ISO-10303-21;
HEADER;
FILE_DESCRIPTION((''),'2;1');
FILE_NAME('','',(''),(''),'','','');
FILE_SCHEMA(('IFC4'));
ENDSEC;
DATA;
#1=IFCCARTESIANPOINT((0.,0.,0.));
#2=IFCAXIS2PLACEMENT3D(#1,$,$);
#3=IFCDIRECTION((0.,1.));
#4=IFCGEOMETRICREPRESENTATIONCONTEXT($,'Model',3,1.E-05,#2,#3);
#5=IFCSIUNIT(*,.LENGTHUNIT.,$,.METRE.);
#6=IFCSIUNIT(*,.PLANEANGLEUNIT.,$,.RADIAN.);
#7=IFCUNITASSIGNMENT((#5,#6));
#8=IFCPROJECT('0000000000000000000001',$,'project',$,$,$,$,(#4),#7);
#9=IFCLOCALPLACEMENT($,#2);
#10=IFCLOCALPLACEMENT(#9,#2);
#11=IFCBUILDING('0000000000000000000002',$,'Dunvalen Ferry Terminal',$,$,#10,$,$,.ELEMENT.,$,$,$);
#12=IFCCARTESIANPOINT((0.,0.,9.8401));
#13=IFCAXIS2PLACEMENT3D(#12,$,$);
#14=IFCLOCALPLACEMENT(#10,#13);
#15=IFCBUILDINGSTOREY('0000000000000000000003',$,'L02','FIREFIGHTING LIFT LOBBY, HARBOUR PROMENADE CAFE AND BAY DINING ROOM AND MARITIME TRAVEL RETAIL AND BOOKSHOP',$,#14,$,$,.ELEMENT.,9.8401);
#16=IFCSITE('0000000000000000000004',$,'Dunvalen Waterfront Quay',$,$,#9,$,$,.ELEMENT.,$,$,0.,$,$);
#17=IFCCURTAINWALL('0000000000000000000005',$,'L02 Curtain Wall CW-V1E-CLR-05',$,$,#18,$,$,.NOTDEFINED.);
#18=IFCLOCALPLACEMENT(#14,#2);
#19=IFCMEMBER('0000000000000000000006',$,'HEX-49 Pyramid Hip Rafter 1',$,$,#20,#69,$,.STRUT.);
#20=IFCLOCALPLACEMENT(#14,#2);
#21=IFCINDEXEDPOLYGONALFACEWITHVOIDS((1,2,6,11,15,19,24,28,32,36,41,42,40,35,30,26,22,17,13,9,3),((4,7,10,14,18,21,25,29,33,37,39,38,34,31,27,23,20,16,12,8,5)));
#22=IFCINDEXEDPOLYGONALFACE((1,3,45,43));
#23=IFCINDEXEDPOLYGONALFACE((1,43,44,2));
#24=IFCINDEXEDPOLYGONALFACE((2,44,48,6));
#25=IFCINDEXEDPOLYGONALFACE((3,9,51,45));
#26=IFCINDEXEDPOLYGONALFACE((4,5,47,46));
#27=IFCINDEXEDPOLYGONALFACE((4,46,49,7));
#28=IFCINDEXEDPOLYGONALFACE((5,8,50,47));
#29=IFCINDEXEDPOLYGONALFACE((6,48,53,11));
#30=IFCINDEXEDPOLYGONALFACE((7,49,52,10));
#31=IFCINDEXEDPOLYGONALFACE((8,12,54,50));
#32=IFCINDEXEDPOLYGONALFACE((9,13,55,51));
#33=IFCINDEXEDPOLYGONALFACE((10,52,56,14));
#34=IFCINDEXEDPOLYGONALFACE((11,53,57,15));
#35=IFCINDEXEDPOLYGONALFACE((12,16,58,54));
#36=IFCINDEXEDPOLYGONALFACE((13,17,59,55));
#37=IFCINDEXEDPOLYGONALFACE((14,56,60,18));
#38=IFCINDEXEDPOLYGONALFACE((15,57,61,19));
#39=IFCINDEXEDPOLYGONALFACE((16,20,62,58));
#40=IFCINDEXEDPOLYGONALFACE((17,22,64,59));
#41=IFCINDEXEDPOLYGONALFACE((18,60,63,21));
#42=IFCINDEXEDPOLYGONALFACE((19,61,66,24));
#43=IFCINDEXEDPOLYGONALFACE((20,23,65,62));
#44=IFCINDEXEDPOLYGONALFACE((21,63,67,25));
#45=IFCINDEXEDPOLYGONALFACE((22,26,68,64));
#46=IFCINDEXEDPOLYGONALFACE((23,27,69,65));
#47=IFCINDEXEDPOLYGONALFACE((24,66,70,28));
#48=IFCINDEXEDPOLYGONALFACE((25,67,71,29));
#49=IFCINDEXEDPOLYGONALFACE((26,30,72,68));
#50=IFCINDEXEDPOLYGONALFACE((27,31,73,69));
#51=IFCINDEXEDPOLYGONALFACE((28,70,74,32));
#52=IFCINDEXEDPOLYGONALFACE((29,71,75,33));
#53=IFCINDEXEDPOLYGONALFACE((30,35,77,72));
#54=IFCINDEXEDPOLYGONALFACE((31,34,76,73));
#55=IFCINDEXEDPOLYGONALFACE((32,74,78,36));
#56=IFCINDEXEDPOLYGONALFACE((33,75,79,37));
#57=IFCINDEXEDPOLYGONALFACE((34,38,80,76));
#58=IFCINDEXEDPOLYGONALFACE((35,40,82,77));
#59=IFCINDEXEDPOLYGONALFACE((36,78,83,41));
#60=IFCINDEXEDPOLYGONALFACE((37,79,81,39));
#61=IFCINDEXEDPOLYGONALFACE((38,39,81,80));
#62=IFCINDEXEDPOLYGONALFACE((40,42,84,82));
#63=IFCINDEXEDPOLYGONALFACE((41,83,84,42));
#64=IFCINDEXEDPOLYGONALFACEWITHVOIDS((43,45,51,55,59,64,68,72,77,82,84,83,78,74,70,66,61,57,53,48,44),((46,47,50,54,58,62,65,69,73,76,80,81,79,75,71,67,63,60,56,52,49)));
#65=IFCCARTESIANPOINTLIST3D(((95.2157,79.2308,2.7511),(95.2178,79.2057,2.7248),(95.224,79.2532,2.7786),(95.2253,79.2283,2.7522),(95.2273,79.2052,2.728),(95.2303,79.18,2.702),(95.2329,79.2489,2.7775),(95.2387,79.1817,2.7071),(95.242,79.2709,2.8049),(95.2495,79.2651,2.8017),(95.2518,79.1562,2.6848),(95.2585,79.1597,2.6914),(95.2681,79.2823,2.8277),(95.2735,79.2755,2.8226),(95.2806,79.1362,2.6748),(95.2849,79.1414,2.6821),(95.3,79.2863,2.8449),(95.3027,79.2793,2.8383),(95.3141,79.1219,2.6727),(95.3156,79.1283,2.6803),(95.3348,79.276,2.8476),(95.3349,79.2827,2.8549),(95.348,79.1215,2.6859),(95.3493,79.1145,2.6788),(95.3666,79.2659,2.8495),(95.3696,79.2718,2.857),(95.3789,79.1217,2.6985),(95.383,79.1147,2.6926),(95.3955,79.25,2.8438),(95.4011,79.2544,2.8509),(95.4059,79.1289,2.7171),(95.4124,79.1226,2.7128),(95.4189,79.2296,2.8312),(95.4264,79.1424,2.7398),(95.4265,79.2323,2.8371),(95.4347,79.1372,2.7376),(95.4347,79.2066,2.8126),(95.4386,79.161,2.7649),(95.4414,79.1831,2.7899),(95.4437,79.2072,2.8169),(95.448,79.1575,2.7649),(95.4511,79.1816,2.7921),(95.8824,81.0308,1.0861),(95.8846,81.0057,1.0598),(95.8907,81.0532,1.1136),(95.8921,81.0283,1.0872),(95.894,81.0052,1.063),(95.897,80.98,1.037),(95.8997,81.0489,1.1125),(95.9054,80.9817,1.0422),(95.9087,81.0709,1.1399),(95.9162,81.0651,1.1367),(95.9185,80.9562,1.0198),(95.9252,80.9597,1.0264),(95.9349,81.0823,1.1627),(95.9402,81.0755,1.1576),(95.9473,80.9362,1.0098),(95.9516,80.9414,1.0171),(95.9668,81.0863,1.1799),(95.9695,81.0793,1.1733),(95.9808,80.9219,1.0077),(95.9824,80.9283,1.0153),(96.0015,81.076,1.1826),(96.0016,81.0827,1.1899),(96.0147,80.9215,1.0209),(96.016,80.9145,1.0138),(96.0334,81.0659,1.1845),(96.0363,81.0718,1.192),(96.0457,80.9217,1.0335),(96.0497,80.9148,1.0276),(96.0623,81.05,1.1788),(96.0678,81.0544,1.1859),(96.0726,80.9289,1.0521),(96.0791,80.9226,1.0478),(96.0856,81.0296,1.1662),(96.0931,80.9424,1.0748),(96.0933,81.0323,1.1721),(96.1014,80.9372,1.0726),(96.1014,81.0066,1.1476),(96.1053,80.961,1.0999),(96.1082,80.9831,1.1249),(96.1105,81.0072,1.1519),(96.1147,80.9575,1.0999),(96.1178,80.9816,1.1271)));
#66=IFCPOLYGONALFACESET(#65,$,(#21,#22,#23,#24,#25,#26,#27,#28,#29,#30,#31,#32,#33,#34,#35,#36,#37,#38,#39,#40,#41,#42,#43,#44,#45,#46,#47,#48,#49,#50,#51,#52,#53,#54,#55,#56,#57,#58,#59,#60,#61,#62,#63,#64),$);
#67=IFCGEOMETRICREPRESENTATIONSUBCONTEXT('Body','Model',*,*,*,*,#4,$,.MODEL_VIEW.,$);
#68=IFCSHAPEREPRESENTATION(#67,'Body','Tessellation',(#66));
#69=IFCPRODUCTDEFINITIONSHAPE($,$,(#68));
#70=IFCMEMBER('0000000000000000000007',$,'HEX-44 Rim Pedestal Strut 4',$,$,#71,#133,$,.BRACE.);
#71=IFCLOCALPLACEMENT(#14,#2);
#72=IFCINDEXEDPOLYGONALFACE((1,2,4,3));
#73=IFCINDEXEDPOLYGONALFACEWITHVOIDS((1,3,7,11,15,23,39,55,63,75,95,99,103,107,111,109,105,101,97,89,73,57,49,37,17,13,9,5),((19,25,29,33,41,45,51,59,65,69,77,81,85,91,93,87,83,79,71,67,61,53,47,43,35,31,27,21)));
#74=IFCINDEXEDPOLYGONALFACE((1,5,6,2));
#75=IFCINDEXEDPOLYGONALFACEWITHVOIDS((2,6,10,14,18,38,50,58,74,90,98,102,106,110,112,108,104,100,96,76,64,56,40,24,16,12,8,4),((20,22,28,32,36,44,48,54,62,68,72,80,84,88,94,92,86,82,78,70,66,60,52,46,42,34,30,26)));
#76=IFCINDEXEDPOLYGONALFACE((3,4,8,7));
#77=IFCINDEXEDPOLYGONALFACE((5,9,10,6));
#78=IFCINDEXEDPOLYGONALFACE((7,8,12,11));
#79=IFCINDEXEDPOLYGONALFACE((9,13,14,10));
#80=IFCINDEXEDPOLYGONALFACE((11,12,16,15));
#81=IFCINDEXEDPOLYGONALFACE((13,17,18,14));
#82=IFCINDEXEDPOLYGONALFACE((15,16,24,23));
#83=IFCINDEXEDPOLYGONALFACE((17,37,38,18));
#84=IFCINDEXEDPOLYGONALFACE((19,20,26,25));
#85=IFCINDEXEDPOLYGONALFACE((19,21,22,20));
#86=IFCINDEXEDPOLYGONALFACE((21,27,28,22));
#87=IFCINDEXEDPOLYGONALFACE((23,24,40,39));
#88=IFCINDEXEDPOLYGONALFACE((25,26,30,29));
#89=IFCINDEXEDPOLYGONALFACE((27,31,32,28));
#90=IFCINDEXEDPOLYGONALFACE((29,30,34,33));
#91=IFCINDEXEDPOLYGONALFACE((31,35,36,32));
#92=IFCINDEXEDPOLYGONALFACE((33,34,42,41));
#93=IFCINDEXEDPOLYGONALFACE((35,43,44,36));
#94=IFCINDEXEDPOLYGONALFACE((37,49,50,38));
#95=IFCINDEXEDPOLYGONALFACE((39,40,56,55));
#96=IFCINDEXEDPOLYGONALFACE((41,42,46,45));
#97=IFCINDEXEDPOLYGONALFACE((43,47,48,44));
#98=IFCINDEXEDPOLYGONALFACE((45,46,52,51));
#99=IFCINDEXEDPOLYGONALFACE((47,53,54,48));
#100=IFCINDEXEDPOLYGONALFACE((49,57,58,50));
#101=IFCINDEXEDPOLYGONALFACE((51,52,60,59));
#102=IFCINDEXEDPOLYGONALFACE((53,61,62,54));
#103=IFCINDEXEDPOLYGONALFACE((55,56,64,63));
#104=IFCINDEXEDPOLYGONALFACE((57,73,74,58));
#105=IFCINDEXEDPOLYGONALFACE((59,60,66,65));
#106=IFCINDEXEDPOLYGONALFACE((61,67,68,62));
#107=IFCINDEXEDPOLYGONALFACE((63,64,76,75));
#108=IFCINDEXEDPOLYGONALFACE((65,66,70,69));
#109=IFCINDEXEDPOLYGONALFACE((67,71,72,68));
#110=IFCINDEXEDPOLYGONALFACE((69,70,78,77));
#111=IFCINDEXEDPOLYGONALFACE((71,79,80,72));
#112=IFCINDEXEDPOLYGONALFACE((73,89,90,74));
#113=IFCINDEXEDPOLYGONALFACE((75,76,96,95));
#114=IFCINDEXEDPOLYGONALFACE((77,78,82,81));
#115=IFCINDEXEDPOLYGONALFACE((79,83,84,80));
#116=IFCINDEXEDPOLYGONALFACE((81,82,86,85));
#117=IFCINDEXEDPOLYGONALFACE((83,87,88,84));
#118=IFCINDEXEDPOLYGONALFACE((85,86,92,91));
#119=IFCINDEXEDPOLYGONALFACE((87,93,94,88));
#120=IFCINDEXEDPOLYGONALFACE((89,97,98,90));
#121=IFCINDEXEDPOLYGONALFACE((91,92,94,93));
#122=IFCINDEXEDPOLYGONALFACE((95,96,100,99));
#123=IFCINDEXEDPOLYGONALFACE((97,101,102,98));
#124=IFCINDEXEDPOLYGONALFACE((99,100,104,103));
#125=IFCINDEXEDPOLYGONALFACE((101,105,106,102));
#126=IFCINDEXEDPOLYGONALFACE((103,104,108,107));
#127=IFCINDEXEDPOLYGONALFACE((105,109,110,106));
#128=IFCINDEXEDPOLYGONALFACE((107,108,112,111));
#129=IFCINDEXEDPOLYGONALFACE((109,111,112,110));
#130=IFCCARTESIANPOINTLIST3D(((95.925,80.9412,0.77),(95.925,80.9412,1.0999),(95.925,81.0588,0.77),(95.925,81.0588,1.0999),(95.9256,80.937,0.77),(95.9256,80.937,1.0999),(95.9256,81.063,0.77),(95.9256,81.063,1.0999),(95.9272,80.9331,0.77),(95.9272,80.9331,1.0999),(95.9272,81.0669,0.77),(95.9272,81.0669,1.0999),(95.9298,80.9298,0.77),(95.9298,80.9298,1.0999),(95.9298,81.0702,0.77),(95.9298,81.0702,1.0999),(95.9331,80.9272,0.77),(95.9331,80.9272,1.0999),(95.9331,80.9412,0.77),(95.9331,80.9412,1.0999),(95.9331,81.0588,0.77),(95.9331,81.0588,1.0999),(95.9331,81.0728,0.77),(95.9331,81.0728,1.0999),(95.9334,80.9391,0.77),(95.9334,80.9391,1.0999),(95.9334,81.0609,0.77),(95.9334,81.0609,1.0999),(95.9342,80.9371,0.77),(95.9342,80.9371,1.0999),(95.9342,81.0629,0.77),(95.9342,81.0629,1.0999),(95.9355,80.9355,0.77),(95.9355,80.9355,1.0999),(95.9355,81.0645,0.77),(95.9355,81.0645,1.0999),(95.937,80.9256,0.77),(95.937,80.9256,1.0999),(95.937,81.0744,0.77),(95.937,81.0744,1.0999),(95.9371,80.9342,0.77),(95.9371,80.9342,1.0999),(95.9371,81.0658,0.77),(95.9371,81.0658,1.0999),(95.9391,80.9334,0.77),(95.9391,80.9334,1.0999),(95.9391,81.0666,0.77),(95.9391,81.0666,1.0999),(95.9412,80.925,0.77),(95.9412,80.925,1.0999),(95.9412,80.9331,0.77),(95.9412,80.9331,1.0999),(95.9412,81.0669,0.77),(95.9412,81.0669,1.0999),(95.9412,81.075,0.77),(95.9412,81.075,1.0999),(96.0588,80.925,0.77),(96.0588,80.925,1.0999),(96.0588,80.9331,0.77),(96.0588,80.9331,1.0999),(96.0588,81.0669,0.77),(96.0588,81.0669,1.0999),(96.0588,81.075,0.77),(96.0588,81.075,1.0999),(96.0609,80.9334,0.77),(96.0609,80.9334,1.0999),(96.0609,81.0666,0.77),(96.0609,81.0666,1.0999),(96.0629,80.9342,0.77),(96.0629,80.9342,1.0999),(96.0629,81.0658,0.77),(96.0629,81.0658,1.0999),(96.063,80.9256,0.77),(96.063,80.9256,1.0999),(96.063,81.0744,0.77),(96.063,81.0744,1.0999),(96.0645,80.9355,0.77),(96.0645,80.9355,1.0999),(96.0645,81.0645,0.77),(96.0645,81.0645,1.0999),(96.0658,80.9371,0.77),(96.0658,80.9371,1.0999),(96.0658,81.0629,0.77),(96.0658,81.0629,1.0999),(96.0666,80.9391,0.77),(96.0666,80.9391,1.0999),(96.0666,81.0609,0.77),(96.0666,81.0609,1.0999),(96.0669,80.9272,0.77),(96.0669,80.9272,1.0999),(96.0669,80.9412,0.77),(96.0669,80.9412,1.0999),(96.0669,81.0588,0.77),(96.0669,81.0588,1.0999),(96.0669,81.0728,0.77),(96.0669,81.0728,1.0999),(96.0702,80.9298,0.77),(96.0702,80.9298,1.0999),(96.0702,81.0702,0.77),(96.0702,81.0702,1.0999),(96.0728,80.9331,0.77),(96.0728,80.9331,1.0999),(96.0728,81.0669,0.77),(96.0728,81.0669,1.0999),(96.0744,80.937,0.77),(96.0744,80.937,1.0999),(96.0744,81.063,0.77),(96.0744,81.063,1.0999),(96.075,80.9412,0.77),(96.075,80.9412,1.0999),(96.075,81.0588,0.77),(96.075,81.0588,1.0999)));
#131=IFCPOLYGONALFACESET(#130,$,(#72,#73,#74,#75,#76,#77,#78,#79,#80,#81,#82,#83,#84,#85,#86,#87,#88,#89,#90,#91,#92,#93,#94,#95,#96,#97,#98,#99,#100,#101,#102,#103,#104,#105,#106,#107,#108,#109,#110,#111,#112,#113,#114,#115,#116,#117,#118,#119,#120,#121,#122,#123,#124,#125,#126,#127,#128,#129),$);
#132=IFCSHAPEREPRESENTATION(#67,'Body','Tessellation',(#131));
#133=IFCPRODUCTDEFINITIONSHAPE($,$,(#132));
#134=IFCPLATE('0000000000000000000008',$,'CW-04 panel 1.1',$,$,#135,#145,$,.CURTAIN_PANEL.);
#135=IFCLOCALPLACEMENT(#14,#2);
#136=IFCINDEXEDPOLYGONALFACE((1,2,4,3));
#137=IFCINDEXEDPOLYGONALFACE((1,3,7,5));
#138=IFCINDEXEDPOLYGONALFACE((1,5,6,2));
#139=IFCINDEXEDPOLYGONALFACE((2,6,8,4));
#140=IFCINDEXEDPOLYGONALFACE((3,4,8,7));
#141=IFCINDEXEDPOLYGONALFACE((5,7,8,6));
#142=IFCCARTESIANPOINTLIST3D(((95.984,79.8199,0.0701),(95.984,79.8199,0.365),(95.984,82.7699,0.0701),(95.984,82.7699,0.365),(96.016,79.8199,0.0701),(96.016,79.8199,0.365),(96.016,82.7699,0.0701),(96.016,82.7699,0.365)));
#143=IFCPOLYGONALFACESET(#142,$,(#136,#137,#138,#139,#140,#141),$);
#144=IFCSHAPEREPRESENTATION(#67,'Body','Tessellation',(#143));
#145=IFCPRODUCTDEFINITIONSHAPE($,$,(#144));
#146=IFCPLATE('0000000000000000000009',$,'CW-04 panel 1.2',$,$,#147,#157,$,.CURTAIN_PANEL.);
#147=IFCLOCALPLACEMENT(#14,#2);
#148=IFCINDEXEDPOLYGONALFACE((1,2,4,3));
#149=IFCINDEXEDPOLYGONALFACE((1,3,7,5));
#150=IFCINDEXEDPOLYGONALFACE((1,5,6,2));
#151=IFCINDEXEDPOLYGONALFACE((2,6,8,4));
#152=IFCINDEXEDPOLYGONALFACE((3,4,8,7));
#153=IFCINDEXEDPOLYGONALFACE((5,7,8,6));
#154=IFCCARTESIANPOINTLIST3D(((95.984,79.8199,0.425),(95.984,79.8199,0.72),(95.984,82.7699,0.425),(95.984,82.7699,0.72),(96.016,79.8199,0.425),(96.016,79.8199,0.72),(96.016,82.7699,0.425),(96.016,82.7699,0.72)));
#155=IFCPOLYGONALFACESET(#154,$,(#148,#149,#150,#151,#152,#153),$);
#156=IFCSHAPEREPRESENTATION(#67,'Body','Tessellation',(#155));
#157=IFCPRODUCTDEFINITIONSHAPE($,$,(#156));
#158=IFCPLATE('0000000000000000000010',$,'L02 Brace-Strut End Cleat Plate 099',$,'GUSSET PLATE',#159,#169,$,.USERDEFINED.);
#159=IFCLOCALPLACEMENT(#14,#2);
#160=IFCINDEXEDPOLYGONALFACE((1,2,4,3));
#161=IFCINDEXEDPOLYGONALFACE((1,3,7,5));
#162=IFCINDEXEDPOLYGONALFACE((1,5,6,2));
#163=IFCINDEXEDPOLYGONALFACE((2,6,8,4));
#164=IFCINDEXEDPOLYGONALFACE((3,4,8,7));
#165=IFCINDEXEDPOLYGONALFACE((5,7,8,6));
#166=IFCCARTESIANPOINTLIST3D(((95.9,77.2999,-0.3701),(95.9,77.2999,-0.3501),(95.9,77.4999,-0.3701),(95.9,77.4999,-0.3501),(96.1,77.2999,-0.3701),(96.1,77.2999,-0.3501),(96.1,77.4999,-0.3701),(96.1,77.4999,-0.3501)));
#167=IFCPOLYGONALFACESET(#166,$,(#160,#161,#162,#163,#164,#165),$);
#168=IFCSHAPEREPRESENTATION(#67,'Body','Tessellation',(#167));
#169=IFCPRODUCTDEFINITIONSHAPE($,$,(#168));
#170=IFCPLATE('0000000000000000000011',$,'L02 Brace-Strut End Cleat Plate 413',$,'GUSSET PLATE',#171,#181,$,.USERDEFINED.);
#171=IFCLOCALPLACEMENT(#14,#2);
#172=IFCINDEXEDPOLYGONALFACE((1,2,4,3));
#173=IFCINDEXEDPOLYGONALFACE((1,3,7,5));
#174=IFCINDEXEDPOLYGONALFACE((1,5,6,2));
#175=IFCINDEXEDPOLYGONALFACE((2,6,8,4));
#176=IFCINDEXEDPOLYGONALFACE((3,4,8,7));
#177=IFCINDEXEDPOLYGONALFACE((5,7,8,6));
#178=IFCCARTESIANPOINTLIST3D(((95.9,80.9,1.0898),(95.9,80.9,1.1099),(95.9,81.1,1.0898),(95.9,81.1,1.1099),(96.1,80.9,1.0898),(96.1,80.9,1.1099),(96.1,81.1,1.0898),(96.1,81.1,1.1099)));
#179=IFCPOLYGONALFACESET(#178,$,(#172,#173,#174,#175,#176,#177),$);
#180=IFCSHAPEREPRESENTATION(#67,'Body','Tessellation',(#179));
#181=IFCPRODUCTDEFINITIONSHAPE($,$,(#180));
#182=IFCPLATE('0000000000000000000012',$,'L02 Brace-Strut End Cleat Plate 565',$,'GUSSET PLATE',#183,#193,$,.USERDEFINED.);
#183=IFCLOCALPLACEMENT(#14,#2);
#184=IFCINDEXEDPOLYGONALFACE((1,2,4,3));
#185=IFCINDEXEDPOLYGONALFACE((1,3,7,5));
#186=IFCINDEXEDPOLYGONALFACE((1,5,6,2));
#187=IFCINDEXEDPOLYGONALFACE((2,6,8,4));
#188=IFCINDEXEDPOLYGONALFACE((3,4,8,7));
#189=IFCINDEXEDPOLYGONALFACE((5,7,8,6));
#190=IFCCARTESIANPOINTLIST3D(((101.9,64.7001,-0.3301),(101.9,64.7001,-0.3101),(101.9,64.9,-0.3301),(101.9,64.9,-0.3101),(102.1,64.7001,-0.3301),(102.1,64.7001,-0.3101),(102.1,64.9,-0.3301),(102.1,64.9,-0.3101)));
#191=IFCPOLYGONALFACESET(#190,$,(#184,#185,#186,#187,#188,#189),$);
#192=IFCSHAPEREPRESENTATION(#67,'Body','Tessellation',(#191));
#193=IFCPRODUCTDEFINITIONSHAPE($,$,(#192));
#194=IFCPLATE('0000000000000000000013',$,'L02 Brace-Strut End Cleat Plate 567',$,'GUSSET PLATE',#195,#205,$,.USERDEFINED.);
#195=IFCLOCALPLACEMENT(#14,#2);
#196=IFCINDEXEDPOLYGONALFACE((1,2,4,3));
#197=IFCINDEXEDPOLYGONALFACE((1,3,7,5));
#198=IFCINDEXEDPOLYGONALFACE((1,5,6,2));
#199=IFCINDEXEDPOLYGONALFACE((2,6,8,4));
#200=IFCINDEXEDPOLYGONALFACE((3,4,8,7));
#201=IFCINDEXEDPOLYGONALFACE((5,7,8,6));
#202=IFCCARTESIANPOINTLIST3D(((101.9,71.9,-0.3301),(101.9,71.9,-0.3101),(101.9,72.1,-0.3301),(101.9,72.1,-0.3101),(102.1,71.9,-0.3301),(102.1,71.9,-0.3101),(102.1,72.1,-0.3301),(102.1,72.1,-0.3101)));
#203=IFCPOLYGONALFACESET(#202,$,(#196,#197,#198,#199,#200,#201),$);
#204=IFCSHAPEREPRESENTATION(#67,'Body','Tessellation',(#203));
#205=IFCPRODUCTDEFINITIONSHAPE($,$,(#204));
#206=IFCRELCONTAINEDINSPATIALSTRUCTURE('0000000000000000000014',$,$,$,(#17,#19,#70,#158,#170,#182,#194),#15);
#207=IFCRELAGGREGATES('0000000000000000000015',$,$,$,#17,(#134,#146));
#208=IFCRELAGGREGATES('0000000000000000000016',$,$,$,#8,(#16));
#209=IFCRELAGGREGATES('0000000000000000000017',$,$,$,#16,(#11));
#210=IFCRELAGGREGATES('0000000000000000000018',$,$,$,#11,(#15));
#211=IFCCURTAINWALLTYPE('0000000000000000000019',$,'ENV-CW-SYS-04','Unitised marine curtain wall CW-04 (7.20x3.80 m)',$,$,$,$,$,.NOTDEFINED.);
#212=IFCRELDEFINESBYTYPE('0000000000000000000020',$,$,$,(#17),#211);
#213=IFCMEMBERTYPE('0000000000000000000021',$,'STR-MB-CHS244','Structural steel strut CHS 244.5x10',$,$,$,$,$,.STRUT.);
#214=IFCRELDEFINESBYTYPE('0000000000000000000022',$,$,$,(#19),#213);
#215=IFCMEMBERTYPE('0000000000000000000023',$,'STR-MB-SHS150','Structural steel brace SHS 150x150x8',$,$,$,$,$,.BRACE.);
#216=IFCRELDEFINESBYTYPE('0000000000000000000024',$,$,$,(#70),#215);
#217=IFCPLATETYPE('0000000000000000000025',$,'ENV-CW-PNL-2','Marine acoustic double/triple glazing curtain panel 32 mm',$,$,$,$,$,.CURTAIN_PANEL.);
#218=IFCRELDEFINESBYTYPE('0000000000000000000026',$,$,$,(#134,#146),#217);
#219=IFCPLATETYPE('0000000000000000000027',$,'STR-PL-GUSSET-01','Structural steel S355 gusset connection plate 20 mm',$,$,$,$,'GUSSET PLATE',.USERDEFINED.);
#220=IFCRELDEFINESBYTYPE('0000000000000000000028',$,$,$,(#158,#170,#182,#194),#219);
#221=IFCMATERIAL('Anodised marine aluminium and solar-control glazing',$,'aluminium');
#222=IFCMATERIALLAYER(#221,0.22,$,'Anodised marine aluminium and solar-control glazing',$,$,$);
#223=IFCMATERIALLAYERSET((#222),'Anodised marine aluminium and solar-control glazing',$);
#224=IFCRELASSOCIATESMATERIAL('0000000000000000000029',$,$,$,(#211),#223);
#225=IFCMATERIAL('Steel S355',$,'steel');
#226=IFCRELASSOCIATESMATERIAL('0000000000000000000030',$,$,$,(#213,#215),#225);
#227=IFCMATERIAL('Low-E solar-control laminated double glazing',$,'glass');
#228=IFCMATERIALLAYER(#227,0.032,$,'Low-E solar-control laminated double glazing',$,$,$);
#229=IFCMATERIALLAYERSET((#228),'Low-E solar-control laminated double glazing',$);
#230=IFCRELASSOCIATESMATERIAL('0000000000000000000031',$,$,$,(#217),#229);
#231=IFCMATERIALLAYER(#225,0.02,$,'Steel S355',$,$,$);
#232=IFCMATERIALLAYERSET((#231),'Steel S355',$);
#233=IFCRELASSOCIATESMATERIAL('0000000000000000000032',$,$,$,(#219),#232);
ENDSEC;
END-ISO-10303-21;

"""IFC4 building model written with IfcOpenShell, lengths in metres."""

from ifc_helpers import new_model, si_unit, direction, frame, origin, origin_2d, place, context, subcontext, project, spatial, rectangle, hollow_rectangle, hollow_circle, extrude, material, layer, layer_set, material_profile, profile_set, type_object, element, aggregate, save


model = new_model("IFC4")

# Units and contexts
model_context = context("Model", 3, precision=1e-05, world=origin(), true_north=direction((0.0, 1.0)))
body_context = subcontext(model_context, "Body", "Model", "MODEL_VIEW")
ifc_project = project(units=[si_unit("LENGTHUNIT", "METRE"), si_unit("PLANEANGLEUNIT", "RADIAN")], contexts=[model_context])

# Site, building, storey
site_placement = place(None, origin())
site = spatial("IfcSite", under=ifc_project, at=site_placement, Name="Dunvalen Waterfront Quay", CompositionType="ELEMENT", RefElevation=0.0)
building_placement = place(site_placement, origin())
building = spatial("IfcBuilding", under=site, at=building_placement, Name="Dunvalen Ferry Terminal", CompositionType="ELEMENT")
storey_placement = place(building_placement, frame((0.0, 0.0, 9.8401)))
storey = spatial("IfcBuildingStorey", under=building, at=storey_placement, Name="L02", Description="FIREFIGHTING LIFT LOBBY, HARBOUR PROMENADE CAFE AND BAY DINING ROOM AND MARITIME TRAVEL RETAIL AND BOOKSHOP", CompositionType="ELEMENT", Elevation=9.8401)

# Shared definitions
ifc_material_1 = material(Name="Anodised marine aluminium and solar-control glazing", Category="aluminium")
ifc_layer_1 = layer(ifc_material_1, 0.22, Name="Anodised marine aluminium and solar-control glazing")
ifc_layer_set_1 = layer_set([ifc_layer_1], Name="Anodised marine aluminium and solar-control glazing")
curtain_wall_type = type_object("IfcCurtainWallType", Name="ENV-CW-SYS-04", Description="Unitised marine curtain wall CW-04 (7.20x3.80 m)", PredefinedType="NOTDEFINED", material=ifc_layer_set_1)

# Curtain wall
curtain_wall_1_placement = place(storey_placement, origin())
curtain_wall_1 = element("IfcCurtainWall", 1, at=curtain_wall_1_placement, inside=storey, type_object=curtain_wall_type, Name="L02 Curtain Wall CW-V1E-CLR-05", PredefinedType="NOTDEFINED")

# Shared definitions
ifc_material_2 = material(Name="Steel S355", Category="steel")

# Members
ifc_material_profile_1 = material_profile(ifc_material_2, hollow_circle(Radius=0.1223, WallThickness=0.01, at=origin_2d()), Name="Steel S355")
ifc_profile_set_1 = profile_set([ifc_material_profile_1], Name="Steel S355")
member_type_1 = type_object("IfcMemberType", Name="STR-MB-CHS244", Description="Structural steel strut CHS 244.5x10", PredefinedType="STRUT", material=ifc_profile_set_1)
member_1_placement = place(storey_placement, frame((96.0, 81.0, 1.0999), z_axis=(-0.262388, -0.70838, 0.655249), x_axis=(0.937738, -0.347343, 0.0)))
element("IfcMember", 2, at=member_1_placement, inside=storey, type_object=member_type_1, Name="HEX-49 Pyramid Hip Rafter 1", PredefinedType="STRUT", context=body_context, shape_type="SweptSolid", body=[
    extrude(hollow_circle(Radius=0.1223, WallThickness=0.01, at=origin_2d()), origin(), (0.0, 0.0, 1.0), 2.541),
])
ifc_material_profile_2 = material_profile(ifc_material_2, hollow_rectangle(XDim=0.1499, YDim=0.1499, WallThickness=0.0081, InnerFilletRadius=0.0081, OuterFilletRadius=0.0161, at=origin_2d()), Name="Steel S355")
ifc_profile_set_2 = profile_set([ifc_material_profile_2], Name="Steel S355")
member_type_2 = type_object("IfcMemberType", Name="STR-MB-SHS150", Description="Structural steel brace SHS 150x150x8", PredefinedType="BRACE", material=ifc_profile_set_2)
member_2_placement = place(storey_placement, frame((96.0, 81.0, 0.77), z_axis=(0.0, 0.0, 1.0), x_axis=(1.0, 0.0, 0.0)))
element("IfcMember", 3, at=member_2_placement, inside=storey, type_object=member_type_2, Name="HEX-44 Rim Pedestal Strut 4", PredefinedType="BRACE", context=body_context, shape_type="SweptSolid", body=[
    extrude(hollow_rectangle(XDim=0.1499, YDim=0.1499, WallThickness=0.0081, InnerFilletRadius=0.0081, OuterFilletRadius=0.0161, at=origin_2d()), origin(), (0.0, 0.0, 1.0), 0.3298),
])

# Plates
ifc_material_3 = material(Name="Low-E solar-control laminated double glazing", Category="glass")
ifc_layer_2 = layer(ifc_material_3, 0.032, Name="Low-E solar-control laminated double glazing")
ifc_layer_set_2 = layer_set([ifc_layer_2], Name="Low-E solar-control laminated double glazing")
plate_type_1 = type_object("IfcPlateType", Name="ENV-CW-PNL-2", Description="Marine acoustic double/triple glazing curtain panel 32 mm", PredefinedType="CURTAIN_PANEL", material=ifc_layer_set_2)
plate_1_placement = place(storey_placement, frame((96.0, 81.2949, 0.0701), z_axis=(0.0, 0.0, 1.0), x_axis=(0.0, 1.0, 0.0)))
plate_1 = element("IfcPlate", 4, at=plate_1_placement, type_object=plate_type_1, Name="CW-04 panel 1.1", PredefinedType="CURTAIN_PANEL", context=body_context, shape_type="SweptSolid", body=[
    extrude(rectangle(XDim=2.95, YDim=0.032, at=origin_2d()), origin(), (0.0, 0.0, 1.0), 0.2949),
])
plate_2_placement = place(storey_placement, frame((96.0, 81.2949, 0.425), z_axis=(0.0, 0.0, 1.0), x_axis=(0.0, 1.0, 0.0)))
plate_2 = element("IfcPlate", 5, at=plate_2_placement, type_object=plate_type_1, Name="CW-04 panel 1.2", PredefinedType="CURTAIN_PANEL", context=body_context, shape_type="SweptSolid", body=[
    extrude(rectangle(XDim=2.95, YDim=0.032, at=origin_2d()), origin(), (0.0, 0.0, 1.0), 0.2949),
])
aggregate(curtain_wall_1, [plate_1, plate_2])

# Plates
ifc_layer_3 = layer(ifc_material_2, 0.02, Name="Steel S355")
ifc_layer_set_3 = layer_set([ifc_layer_3], Name="Steel S355")
plate_type_2 = type_object("IfcPlateType", Name="STR-PL-GUSSET-01", Description="Structural steel S355 gusset connection plate 20 mm", ElementType="GUSSET PLATE", PredefinedType="USERDEFINED", material=ifc_layer_set_3)
for number, where, z_axis, x_axis, name in (
    (6, (96.0, 77.3999, -0.3701), (0.0, 0.0, 1.0), (1.0, 0.0, 0.0), "L02 Brace-Strut End Cleat Plate 099"),
    (7, (96.0, 81.0, 1.0898), (0.0, 0.0, 1.0), (1.0, 0.0, 0.0), "L02 Brace-Strut End Cleat Plate 413"),
    (8, (102.0, 64.8, -0.3301), (0.0, 0.0, 1.0), (1.0, 0.0, 0.0), "L02 Brace-Strut End Cleat Plate 565"),
    (9, (102.0, 72.0, -0.3301), (0.0, 0.0, 1.0), (1.0, 0.0, 0.0), "L02 Brace-Strut End Cleat Plate 567"),
):
    element("IfcPlate", number, at=place(storey_placement, frame(where, z_axis=z_axis, x_axis=x_axis)), inside=storey, type_object=plate_type_2, Name=name, ObjectType="GUSSET PLATE", PredefinedType="USERDEFINED", context=body_context, shape_type="SweptSolid", body=[
        extrude(rectangle(XDim=0.2, YDim=0.2, at=origin_2d()), origin(), (0.0, 0.0, 1.0), 0.02),
    ])

save(model, "model.ifc")
